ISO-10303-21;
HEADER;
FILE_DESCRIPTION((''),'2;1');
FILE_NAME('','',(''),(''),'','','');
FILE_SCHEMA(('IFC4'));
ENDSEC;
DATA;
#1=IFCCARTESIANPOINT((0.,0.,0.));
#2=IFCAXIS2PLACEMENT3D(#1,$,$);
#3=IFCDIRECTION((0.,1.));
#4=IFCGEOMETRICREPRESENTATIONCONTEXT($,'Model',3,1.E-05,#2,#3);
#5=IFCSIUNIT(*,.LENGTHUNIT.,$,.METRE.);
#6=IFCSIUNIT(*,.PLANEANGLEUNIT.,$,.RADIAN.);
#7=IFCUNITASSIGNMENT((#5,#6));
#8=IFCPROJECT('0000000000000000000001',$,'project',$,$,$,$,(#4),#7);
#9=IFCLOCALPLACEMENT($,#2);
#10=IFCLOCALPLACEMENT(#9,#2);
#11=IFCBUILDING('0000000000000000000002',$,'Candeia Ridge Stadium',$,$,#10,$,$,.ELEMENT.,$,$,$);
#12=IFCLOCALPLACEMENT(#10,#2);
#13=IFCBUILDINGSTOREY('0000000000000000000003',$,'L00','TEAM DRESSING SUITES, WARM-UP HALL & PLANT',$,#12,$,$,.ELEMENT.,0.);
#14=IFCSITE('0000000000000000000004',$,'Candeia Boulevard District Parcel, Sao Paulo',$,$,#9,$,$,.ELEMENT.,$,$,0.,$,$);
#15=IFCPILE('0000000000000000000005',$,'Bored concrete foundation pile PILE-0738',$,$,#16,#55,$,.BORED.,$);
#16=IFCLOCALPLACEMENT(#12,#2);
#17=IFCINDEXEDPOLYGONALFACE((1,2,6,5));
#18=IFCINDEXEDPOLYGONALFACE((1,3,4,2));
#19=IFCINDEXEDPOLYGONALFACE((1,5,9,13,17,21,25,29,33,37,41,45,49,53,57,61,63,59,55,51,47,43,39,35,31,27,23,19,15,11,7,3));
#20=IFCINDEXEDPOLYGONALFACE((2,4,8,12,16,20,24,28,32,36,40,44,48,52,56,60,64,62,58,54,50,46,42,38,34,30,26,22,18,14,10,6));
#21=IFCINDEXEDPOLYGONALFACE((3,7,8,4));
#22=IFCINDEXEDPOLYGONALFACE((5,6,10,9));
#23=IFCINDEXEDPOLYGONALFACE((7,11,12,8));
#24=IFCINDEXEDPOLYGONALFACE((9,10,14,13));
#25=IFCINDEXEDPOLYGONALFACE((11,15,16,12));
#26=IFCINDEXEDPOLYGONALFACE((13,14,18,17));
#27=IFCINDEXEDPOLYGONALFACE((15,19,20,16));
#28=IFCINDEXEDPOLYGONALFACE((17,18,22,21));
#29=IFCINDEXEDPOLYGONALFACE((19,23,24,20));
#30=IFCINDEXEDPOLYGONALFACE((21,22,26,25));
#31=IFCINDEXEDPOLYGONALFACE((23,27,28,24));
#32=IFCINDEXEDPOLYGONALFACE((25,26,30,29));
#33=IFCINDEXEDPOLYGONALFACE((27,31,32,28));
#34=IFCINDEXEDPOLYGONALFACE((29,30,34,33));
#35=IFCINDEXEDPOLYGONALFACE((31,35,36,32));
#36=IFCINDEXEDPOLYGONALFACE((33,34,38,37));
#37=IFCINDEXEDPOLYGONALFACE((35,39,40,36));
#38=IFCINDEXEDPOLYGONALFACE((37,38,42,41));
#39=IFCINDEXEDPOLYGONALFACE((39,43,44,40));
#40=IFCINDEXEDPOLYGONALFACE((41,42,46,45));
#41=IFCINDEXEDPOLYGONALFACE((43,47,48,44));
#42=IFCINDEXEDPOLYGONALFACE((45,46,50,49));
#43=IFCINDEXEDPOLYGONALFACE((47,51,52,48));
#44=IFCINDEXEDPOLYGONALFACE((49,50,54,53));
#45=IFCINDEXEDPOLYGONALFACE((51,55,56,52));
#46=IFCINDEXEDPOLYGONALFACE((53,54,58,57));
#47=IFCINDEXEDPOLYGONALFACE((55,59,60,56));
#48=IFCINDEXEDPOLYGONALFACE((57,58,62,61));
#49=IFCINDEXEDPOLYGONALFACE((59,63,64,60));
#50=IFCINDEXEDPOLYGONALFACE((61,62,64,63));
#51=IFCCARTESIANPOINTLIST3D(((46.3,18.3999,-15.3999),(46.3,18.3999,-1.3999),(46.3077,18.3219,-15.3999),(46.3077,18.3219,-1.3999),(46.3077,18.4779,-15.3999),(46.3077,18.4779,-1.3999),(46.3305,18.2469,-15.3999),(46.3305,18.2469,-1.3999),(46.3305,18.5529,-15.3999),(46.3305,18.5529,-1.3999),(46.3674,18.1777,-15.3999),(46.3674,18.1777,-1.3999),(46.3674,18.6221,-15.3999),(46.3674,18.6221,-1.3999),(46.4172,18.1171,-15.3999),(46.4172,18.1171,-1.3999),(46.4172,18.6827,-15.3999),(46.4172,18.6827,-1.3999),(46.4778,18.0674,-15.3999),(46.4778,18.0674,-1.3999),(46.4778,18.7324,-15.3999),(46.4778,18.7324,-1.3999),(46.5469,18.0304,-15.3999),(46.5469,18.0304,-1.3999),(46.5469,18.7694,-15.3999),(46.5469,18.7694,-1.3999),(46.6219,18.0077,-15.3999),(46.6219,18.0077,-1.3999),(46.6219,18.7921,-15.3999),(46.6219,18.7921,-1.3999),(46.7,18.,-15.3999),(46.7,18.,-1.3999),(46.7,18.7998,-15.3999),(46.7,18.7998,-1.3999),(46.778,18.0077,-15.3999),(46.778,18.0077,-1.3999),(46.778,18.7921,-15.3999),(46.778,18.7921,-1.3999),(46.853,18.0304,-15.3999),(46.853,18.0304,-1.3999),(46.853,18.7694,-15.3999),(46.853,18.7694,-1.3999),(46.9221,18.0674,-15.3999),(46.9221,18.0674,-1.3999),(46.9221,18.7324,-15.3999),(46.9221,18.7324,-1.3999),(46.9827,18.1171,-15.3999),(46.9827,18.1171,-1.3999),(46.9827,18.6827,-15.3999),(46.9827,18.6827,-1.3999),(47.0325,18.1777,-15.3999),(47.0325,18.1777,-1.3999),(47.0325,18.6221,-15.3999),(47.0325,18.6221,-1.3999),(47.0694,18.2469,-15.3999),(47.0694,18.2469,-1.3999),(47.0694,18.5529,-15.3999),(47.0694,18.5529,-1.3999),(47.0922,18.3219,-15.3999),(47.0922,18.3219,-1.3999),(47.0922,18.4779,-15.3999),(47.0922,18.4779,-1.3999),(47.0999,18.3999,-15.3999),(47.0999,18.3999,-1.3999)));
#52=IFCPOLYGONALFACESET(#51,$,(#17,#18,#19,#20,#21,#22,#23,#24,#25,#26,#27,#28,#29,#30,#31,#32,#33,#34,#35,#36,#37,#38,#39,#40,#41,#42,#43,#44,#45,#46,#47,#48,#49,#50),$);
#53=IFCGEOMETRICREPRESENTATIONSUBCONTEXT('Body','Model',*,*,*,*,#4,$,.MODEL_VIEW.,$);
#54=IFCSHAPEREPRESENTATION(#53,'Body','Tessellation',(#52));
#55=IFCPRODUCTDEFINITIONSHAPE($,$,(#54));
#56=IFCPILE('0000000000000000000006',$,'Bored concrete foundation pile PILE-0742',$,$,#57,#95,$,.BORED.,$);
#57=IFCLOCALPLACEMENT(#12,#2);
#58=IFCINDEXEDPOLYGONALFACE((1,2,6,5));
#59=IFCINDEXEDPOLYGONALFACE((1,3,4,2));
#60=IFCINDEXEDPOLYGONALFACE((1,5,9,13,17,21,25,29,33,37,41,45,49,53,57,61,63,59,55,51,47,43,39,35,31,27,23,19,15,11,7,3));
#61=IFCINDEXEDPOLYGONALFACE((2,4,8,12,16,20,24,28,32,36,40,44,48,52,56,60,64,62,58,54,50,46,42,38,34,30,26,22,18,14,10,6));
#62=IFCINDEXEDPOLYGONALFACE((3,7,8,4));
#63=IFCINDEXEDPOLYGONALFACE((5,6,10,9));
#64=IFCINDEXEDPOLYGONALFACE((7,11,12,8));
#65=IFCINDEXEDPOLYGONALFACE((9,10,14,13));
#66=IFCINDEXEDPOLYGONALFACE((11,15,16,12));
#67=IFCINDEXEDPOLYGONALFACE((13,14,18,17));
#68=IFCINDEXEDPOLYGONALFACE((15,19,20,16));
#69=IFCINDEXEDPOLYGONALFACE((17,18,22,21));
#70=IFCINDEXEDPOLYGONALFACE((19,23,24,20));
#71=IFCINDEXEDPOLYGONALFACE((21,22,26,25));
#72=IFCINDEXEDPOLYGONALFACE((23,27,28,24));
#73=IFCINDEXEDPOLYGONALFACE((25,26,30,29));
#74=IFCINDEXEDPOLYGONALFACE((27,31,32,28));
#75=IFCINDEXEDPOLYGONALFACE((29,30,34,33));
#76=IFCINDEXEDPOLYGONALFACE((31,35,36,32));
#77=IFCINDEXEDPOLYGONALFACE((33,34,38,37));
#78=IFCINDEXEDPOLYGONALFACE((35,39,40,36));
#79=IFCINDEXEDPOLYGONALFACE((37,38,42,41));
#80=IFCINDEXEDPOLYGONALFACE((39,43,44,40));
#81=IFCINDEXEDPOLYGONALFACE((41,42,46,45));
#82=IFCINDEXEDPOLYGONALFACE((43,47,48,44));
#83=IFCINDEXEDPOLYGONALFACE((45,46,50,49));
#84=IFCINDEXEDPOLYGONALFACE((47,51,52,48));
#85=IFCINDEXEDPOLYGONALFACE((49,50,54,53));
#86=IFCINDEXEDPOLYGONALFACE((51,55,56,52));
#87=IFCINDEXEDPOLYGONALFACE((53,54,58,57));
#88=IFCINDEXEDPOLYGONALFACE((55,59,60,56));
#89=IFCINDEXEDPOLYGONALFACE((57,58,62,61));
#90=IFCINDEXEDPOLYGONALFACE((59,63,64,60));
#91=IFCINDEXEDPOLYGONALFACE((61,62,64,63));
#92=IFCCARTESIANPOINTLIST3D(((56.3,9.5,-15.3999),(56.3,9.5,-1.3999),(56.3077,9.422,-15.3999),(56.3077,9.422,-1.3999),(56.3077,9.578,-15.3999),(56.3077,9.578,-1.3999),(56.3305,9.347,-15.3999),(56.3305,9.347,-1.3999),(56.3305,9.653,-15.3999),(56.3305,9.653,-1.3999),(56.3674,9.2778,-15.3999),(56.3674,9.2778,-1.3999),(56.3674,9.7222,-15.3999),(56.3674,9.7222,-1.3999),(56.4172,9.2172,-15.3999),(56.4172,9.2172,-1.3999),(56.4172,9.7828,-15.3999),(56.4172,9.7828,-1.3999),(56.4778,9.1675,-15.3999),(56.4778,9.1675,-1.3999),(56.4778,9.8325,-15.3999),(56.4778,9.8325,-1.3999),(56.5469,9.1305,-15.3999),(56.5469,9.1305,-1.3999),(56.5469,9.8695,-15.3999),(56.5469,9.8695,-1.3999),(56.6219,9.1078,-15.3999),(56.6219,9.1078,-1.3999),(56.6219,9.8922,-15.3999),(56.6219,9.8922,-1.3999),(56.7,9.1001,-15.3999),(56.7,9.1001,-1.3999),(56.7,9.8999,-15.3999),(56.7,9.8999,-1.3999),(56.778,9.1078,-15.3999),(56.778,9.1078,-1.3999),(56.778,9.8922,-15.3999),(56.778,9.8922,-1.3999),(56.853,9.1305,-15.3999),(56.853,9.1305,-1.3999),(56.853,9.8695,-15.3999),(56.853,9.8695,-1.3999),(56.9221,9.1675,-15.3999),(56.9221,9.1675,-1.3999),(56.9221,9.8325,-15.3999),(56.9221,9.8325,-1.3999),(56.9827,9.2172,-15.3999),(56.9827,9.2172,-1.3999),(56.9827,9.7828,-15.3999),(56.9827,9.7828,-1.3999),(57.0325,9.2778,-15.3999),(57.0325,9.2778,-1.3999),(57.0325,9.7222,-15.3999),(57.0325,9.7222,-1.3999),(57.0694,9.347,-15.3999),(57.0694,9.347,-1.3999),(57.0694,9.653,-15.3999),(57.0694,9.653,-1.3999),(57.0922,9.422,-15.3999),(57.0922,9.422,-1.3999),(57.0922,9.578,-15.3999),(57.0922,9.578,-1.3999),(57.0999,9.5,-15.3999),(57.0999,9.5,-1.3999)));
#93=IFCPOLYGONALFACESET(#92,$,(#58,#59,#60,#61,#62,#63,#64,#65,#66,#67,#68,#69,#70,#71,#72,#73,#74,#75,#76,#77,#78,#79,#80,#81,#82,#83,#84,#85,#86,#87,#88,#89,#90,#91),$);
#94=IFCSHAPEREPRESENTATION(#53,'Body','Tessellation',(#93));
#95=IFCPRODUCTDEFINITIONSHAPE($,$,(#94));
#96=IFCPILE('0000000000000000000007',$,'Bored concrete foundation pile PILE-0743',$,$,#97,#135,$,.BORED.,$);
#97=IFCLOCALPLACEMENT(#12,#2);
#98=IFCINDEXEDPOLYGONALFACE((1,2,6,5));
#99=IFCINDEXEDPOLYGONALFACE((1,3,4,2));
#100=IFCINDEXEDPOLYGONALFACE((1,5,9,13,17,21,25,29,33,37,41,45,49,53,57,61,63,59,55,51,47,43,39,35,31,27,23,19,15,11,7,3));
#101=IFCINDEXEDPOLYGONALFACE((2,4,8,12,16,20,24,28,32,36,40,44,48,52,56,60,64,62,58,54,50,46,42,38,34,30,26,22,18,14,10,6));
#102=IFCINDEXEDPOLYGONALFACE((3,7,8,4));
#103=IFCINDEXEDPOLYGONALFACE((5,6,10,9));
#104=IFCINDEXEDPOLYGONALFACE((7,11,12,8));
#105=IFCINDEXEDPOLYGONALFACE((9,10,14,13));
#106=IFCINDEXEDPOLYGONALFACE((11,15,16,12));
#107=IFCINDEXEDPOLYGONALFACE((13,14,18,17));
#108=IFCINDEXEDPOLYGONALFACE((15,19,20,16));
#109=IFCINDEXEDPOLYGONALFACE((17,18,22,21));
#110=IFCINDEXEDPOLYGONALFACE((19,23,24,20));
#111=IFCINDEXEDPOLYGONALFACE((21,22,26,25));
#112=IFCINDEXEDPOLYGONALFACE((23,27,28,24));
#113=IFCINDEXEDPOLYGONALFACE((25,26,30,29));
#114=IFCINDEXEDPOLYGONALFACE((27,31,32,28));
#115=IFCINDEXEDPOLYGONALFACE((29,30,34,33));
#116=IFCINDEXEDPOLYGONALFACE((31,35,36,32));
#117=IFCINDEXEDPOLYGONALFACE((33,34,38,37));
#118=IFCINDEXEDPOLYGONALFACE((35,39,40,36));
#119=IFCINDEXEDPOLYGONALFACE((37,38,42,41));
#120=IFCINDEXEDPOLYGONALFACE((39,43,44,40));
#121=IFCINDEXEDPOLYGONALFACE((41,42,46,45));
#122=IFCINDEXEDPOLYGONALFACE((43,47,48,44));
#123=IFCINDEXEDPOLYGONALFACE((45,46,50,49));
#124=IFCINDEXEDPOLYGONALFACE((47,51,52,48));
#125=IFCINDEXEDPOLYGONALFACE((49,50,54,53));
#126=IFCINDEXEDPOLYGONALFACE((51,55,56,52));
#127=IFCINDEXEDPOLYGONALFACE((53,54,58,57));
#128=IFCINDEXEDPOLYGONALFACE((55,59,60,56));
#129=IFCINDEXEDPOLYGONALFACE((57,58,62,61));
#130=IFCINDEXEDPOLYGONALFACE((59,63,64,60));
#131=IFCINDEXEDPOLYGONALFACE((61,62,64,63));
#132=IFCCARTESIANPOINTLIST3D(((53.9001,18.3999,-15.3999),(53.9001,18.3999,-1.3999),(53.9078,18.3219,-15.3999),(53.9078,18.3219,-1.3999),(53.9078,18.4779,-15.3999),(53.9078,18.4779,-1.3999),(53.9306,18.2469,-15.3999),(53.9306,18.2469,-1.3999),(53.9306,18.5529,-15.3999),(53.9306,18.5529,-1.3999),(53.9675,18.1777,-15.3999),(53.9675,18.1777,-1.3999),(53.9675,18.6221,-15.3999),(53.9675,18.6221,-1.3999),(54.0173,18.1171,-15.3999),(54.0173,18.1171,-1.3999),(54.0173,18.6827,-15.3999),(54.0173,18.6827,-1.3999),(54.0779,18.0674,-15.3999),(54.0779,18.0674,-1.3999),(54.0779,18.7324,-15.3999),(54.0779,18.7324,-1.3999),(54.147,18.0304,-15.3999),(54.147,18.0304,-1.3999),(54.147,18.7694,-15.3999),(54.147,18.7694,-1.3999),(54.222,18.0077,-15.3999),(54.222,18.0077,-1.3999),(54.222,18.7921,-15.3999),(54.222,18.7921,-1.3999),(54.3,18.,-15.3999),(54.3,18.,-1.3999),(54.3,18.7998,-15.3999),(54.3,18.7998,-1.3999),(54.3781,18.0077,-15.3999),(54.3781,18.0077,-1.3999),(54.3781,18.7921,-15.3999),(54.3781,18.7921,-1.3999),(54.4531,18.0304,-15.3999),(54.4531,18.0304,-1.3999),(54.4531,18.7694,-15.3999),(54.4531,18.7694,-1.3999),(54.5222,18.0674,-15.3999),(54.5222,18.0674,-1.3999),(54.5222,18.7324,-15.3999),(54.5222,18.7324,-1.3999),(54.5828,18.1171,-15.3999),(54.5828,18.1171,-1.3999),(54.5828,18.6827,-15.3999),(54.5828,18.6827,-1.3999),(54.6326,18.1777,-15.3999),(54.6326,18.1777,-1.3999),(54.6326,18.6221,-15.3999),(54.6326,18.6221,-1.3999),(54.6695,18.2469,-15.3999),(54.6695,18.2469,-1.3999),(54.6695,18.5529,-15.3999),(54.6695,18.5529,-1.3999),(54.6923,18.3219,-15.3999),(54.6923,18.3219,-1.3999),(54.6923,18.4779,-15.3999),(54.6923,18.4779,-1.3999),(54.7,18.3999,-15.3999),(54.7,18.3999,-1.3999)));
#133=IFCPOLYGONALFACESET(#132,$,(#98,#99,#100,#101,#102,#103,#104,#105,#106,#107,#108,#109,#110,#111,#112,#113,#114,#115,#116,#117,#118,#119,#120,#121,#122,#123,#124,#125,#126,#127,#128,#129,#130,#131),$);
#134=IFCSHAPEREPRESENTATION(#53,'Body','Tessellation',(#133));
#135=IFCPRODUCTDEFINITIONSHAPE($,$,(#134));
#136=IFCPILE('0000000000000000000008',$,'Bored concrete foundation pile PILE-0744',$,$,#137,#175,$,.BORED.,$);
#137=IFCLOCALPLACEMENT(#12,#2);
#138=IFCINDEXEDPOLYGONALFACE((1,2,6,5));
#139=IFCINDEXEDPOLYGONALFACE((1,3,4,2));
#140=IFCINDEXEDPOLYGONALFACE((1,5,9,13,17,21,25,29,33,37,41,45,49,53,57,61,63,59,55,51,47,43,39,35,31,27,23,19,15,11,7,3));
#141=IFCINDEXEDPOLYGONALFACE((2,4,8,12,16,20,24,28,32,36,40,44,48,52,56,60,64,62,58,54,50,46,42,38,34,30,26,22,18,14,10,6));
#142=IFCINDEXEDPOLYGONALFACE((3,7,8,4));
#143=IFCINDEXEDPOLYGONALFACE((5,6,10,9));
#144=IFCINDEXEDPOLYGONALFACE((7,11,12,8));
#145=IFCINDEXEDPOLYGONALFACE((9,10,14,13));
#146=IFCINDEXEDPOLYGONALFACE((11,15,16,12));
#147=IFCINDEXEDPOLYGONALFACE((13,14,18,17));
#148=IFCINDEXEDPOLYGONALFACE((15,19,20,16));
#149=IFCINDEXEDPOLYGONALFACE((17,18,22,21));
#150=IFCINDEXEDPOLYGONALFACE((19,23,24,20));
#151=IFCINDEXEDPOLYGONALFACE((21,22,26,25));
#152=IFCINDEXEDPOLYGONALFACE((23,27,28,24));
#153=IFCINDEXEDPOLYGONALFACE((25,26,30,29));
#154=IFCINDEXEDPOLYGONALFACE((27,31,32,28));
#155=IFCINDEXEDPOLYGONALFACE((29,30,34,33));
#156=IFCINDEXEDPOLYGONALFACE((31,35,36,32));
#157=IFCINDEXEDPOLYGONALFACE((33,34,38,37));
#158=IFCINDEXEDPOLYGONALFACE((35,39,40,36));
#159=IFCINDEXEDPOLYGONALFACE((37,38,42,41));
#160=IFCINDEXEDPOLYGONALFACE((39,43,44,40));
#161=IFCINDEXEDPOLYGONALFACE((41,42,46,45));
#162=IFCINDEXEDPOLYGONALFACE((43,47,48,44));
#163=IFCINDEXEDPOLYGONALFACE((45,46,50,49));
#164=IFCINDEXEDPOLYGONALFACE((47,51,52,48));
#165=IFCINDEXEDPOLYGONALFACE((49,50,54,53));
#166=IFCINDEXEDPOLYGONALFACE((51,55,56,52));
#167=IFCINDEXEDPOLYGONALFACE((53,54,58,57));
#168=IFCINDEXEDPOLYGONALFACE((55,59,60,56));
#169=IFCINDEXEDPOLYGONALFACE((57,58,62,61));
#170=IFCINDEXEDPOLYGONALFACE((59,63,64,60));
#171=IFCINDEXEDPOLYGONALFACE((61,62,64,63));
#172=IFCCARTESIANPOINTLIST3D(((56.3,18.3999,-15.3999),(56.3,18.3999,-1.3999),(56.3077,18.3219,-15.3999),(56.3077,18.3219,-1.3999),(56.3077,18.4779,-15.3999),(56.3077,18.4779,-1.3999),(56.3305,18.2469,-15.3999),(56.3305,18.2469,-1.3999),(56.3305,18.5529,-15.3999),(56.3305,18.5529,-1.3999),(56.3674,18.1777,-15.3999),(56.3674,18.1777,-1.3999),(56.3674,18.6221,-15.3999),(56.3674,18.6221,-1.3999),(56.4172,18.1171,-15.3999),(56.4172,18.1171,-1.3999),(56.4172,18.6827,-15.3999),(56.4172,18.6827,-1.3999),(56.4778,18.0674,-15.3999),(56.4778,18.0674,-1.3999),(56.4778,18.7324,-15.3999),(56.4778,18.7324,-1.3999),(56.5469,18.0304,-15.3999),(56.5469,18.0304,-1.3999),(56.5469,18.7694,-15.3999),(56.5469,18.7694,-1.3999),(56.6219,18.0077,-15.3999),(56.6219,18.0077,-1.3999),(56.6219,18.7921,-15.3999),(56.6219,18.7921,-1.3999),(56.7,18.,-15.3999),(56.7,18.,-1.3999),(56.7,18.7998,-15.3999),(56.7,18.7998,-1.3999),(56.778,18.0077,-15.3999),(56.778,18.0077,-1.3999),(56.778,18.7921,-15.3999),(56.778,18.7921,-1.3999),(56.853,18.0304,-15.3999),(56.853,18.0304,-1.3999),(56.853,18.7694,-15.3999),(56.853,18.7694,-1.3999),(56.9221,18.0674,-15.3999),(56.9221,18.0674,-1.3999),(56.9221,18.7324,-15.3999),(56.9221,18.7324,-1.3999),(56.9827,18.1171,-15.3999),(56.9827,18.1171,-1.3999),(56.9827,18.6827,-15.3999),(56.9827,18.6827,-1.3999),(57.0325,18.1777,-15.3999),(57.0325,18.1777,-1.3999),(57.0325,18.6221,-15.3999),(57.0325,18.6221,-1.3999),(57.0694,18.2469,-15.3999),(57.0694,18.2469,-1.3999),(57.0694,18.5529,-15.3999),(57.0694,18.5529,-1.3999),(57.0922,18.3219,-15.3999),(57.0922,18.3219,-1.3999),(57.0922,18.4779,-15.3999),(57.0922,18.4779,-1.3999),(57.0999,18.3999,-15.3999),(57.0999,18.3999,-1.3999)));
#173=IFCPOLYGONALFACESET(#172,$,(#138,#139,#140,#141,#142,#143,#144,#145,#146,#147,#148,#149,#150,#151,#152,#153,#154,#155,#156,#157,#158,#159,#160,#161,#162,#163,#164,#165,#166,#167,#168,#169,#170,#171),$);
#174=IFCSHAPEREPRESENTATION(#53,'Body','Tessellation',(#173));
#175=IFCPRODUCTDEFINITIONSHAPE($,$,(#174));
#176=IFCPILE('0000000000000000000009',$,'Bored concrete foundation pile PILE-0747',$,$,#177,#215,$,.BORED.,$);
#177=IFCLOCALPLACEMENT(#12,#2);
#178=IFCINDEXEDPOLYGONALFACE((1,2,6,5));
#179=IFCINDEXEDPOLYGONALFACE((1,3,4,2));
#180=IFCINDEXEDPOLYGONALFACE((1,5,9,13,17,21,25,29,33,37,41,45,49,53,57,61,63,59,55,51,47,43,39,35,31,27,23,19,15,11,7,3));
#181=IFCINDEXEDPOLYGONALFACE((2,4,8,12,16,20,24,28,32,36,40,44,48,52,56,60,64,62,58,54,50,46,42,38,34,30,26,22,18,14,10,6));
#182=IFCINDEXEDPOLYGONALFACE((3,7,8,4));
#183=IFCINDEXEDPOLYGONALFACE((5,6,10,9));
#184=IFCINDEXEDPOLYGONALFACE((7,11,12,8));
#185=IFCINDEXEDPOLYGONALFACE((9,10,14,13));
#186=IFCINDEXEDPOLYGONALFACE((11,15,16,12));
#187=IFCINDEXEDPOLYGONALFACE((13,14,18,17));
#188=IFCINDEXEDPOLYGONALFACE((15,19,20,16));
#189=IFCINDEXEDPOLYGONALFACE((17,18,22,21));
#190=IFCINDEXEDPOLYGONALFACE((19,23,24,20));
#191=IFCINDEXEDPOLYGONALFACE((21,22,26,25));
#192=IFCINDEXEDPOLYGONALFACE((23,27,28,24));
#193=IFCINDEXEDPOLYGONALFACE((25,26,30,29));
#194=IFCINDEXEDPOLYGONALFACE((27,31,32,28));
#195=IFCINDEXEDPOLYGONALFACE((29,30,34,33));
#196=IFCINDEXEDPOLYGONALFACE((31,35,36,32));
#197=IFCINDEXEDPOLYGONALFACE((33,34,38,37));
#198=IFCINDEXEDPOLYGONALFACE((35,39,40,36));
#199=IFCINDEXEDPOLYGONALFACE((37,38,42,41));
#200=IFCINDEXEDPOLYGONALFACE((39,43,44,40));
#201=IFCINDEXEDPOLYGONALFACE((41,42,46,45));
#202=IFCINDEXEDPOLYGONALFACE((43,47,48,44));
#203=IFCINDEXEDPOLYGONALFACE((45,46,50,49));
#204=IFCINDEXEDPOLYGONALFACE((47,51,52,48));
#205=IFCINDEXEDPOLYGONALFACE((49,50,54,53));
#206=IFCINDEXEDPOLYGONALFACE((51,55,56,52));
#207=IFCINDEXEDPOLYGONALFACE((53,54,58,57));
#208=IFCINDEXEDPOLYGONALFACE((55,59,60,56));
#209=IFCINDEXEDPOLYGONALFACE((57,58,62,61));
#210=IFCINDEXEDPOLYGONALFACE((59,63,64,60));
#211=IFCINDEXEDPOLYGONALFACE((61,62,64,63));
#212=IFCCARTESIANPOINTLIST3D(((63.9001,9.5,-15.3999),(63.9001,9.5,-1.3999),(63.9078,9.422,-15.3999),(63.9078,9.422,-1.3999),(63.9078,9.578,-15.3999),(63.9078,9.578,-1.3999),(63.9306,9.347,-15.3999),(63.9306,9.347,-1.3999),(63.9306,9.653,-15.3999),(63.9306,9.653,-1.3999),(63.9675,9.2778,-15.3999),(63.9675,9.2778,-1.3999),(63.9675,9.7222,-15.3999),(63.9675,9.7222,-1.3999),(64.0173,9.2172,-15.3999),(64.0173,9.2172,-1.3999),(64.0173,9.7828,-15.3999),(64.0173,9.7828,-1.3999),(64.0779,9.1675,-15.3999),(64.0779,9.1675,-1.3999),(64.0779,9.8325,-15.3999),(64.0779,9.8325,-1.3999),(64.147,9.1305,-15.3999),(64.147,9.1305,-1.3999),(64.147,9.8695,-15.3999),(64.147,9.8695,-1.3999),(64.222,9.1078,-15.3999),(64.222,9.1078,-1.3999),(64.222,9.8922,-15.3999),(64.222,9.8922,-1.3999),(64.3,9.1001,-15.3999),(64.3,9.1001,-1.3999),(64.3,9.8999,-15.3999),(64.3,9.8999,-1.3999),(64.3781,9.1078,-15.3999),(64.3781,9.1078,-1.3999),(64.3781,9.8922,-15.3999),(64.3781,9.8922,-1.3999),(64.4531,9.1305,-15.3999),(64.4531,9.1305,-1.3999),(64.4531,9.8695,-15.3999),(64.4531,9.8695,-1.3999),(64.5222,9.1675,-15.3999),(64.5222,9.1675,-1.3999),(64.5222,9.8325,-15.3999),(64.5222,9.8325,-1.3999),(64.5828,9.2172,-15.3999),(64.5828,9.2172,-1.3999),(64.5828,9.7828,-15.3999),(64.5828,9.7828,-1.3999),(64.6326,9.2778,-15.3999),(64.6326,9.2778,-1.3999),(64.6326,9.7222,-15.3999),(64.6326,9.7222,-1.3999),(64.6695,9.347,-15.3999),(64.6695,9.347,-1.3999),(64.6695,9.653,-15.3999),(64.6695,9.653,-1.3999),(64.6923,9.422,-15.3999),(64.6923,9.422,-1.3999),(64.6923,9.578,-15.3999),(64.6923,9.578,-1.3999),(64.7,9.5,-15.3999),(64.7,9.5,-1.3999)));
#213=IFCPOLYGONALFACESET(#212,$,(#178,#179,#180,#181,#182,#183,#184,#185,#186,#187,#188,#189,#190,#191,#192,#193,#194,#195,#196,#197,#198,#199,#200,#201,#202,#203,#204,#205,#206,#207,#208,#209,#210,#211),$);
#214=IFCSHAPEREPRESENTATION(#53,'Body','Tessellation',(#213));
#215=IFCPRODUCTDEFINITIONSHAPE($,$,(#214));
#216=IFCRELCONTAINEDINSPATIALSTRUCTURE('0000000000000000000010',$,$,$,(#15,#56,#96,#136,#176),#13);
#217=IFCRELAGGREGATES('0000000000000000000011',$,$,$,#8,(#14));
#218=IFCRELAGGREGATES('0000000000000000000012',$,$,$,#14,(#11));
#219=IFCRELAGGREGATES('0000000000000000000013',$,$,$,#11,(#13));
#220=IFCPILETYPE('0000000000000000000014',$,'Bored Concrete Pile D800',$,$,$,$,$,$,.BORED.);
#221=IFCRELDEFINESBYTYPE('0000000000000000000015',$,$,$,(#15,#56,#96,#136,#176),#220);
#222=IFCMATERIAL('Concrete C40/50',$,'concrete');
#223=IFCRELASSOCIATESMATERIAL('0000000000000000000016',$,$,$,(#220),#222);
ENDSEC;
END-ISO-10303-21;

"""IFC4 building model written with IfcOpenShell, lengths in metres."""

from ifc_helpers import new_model, si_unit, direction, frame, origin, origin_2d, place, context, subcontext, project, spatial, circle, extrude, material, material_profile, profile_set, type_object, element, save


model = new_model("IFC4")

# Units and contexts
model_context = context("Model", 3, precision=1e-05, world=origin(), true_north=direction((0.0, 1.0)))
body_context = subcontext(model_context, "Body", "Model", "MODEL_VIEW")
ifc_project = project(units=[si_unit("LENGTHUNIT", "METRE"), si_unit("PLANEANGLEUNIT", "RADIAN")], contexts=[model_context])

# Site, building, storey
site_placement = place(None, origin())
site = spatial("IfcSite", under=ifc_project, at=site_placement, Name="Candeia Boulevard District Parcel, Sao Paulo", CompositionType="ELEMENT", RefElevation=0.0)
building_placement = place(site_placement, origin())
building = spatial("IfcBuilding", under=site, at=building_placement, Name="Candeia Ridge Stadium", CompositionType="ELEMENT")
storey_placement = place(building_placement, origin())
storey = spatial("IfcBuildingStorey", under=building, at=storey_placement, Name="L00", Description="TEAM DRESSING SUITES, WARM-UP HALL & PLANT", CompositionType="ELEMENT", Elevation=0.0)

# Piles
ifc_material_1 = material(Name="Concrete C40/50", Category="concrete")
ifc_material_profile_1 = material_profile(ifc_material_1, circle(Radius=0.3999, at=origin_2d()), Name="PILE-D800", Category="concrete")
ifc_profile_set_1 = profile_set([ifc_material_profile_1], Name="Concrete C40/50")
pile_type_1 = type_object("IfcPileType", Name="Bored Concrete Pile D800", PredefinedType="BORED", material=ifc_profile_set_1)
for number, where, z_axis, x_axis, name in (
    (1, (46.7, 18.3999, -1.3999), (0.0, 0.0, -1.0), (1.0, 0.0, 0.0), "Bored concrete foundation pile PILE-0738"),
    (2, (56.7, 9.5, -1.3999), (0.0, 0.0, -1.0), (1.0, 0.0, 0.0), "Bored concrete foundation pile PILE-0742"),
    (3, (54.3, 18.3999, -1.3999), (0.0, 0.0, -1.0), (1.0, 0.0, 0.0), "Bored concrete foundation pile PILE-0743"),
    (4, (56.7, 18.3999, -1.3999), (0.0, 0.0, -1.0), (1.0, 0.0, 0.0), "Bored concrete foundation pile PILE-0744"),
    (5, (64.3, 9.5, -1.3999), (0.0, 0.0, -1.0), (1.0, 0.0, 0.0), "Bored concrete foundation pile PILE-0747"),
):
    element("IfcPile", number, at=place(storey_placement, frame(where, z_axis=z_axis, x_axis=x_axis)), inside=storey, type_object=pile_type_1, Name=name, PredefinedType="BORED", context=body_context, shape_type="SweptSolid", body=[
        extrude(circle(Radius=0.3999, at=origin_2d()), origin(), (0.0, 0.0, 1.0), 14.0),
    ])

save(model, "model.ifc")
